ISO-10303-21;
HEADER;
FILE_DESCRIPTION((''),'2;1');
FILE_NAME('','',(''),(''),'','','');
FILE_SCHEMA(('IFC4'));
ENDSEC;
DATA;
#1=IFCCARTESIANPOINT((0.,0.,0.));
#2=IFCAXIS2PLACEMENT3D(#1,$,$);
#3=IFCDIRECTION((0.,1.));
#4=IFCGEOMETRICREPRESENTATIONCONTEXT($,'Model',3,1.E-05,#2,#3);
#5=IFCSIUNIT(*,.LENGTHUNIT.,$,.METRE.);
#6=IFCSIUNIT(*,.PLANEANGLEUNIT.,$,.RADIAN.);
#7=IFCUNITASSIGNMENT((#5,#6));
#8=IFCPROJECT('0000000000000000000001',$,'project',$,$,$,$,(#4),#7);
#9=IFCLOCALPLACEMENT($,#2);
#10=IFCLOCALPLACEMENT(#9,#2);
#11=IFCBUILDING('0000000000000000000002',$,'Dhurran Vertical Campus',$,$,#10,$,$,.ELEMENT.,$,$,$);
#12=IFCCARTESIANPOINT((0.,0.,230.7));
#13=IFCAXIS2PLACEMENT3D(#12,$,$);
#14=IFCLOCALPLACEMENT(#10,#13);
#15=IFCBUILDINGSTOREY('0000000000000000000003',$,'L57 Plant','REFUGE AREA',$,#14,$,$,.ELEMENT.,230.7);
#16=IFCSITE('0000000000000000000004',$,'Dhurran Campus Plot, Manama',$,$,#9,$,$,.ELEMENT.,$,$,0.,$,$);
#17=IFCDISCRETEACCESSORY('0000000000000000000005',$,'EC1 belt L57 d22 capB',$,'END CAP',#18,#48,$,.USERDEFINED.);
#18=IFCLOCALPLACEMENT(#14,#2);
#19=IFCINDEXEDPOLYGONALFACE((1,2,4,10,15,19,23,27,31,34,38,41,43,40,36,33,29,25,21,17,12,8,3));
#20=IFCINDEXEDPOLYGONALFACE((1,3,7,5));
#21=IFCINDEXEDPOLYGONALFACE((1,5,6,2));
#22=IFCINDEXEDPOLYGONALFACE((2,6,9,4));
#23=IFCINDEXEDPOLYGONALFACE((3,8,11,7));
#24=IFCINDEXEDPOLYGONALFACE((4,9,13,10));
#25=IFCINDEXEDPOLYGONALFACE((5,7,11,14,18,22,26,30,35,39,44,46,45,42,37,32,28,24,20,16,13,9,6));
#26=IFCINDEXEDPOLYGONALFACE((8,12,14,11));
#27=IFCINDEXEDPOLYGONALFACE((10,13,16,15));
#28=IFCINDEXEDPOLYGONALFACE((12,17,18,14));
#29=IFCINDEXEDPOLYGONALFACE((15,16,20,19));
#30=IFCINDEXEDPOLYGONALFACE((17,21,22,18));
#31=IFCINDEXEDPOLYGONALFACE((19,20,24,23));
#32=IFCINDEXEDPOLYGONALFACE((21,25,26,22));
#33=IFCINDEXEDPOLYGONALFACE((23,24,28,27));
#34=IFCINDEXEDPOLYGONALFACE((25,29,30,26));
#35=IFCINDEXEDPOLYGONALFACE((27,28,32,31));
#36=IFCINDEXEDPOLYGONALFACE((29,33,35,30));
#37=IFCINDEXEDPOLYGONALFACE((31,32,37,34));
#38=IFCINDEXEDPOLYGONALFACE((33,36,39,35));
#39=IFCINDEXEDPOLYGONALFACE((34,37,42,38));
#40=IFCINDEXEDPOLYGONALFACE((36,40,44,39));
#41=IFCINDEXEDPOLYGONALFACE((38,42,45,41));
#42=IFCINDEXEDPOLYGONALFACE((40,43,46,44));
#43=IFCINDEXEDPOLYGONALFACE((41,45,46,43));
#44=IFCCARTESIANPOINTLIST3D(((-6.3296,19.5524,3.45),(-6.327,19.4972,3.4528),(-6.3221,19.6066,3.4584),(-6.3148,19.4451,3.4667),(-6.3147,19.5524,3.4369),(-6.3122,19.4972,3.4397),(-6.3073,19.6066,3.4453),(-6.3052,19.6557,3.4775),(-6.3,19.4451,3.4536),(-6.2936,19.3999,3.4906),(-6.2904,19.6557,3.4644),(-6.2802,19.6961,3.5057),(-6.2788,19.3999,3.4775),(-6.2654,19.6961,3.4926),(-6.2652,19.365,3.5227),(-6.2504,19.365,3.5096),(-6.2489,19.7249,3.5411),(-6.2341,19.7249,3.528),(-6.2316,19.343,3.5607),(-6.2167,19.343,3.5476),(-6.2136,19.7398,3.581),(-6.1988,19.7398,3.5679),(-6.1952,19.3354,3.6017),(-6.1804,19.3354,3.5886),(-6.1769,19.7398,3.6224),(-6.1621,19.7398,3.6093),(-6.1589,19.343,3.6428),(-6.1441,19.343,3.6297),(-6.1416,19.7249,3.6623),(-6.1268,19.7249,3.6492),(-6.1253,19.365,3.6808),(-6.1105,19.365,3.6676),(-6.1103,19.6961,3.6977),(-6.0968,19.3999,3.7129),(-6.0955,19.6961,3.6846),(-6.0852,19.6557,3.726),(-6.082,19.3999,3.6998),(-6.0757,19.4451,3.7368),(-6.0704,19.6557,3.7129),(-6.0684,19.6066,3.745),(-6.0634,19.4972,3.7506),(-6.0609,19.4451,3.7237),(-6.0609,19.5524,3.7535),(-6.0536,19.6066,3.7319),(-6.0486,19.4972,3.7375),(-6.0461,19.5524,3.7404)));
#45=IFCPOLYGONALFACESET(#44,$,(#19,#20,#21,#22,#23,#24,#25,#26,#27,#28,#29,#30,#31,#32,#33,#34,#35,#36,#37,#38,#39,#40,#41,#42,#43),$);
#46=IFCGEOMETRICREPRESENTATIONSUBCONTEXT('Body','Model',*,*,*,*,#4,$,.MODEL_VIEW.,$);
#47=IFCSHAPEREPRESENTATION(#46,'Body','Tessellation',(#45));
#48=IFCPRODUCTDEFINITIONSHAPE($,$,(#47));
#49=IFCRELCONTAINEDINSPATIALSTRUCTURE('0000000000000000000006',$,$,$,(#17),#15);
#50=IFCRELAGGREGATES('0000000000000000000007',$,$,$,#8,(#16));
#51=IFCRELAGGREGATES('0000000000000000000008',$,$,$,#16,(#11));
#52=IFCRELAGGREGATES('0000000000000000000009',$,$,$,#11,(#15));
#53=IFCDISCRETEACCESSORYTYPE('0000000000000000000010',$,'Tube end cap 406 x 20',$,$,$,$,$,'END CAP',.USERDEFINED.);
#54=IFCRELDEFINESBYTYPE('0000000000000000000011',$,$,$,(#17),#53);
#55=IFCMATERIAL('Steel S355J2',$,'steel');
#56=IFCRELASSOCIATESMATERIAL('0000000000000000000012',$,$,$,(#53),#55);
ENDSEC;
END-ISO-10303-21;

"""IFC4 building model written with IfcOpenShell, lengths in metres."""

from ifc_helpers import new_model, si_unit, direction, frame, origin, origin_2d, place, context, subcontext, project, spatial, circle, extrude, material, material_profile, profile_set, type_object, element, save


model = new_model("IFC4")

# Units and contexts
model_context = context("Model", 3, precision=1e-05, world=origin(), true_north=direction((0.0, 1.0)))
body_context = subcontext(model_context, "Body", "Model", "MODEL_VIEW")
ifc_project = project(units=[si_unit("LENGTHUNIT", "METRE"), si_unit("PLANEANGLEUNIT", "RADIAN")], contexts=[model_context])

# Site, building, storey
site_placement = place(None, origin())
site = spatial("IfcSite", under=ifc_project, at=site_placement, Name="Dhurran Campus Plot, Manama", CompositionType="ELEMENT", RefElevation=0.0)
building_placement = place(site_placement, origin())
building = spatial("IfcBuilding", under=site, at=building_placement, Name="Dhurran Vertical Campus", CompositionType="ELEMENT")
storey_placement = place(building_placement, frame((0.0, 0.0, 230.7)))
storey = spatial("IfcBuildingStorey", under=building, at=storey_placement, Name="L57 Plant", Description="REFUGE AREA", CompositionType="ELEMENT", Elevation=230.7)

# Discrete accessory
ifc_material_1 = material(Name="Steel S355J2", Category="steel")
ifc_material_profile_1 = material_profile(ifc_material_1, circle(Radius=0.2031, at=origin_2d()), Name="Tube end cap 406 x 20")
ifc_profile_set_1 = profile_set([ifc_material_profile_1], Name="Steel S355J2")
discrete_accessory_type = type_object("IfcDiscreteAccessoryType", Name="Tube end cap 406 x 20", ElementType="END CAP", PredefinedType="USERDEFINED", material=ifc_profile_set_1)
discrete_accessory_placement = place(storey_placement, frame((-6.1804, 19.5386, 3.5886), z_axis=(-0.748762, 0.0, 0.662839), x_axis=(0.0, -1.0, 0.0)))
element("IfcDiscreteAccessory", 1, at=discrete_accessory_placement, inside=storey, type_object=discrete_accessory_type, Name="EC1 belt L57 d22 capB", ObjectType="END CAP", PredefinedType="USERDEFINED", context=body_context, shape_type="SweptSolid", body=[
    extrude(circle(Radius=0.2031, at=origin_2d()), origin(), (0.0, 0.0, 1.0), 0.0198),
])

save(model, "model.ifc")
